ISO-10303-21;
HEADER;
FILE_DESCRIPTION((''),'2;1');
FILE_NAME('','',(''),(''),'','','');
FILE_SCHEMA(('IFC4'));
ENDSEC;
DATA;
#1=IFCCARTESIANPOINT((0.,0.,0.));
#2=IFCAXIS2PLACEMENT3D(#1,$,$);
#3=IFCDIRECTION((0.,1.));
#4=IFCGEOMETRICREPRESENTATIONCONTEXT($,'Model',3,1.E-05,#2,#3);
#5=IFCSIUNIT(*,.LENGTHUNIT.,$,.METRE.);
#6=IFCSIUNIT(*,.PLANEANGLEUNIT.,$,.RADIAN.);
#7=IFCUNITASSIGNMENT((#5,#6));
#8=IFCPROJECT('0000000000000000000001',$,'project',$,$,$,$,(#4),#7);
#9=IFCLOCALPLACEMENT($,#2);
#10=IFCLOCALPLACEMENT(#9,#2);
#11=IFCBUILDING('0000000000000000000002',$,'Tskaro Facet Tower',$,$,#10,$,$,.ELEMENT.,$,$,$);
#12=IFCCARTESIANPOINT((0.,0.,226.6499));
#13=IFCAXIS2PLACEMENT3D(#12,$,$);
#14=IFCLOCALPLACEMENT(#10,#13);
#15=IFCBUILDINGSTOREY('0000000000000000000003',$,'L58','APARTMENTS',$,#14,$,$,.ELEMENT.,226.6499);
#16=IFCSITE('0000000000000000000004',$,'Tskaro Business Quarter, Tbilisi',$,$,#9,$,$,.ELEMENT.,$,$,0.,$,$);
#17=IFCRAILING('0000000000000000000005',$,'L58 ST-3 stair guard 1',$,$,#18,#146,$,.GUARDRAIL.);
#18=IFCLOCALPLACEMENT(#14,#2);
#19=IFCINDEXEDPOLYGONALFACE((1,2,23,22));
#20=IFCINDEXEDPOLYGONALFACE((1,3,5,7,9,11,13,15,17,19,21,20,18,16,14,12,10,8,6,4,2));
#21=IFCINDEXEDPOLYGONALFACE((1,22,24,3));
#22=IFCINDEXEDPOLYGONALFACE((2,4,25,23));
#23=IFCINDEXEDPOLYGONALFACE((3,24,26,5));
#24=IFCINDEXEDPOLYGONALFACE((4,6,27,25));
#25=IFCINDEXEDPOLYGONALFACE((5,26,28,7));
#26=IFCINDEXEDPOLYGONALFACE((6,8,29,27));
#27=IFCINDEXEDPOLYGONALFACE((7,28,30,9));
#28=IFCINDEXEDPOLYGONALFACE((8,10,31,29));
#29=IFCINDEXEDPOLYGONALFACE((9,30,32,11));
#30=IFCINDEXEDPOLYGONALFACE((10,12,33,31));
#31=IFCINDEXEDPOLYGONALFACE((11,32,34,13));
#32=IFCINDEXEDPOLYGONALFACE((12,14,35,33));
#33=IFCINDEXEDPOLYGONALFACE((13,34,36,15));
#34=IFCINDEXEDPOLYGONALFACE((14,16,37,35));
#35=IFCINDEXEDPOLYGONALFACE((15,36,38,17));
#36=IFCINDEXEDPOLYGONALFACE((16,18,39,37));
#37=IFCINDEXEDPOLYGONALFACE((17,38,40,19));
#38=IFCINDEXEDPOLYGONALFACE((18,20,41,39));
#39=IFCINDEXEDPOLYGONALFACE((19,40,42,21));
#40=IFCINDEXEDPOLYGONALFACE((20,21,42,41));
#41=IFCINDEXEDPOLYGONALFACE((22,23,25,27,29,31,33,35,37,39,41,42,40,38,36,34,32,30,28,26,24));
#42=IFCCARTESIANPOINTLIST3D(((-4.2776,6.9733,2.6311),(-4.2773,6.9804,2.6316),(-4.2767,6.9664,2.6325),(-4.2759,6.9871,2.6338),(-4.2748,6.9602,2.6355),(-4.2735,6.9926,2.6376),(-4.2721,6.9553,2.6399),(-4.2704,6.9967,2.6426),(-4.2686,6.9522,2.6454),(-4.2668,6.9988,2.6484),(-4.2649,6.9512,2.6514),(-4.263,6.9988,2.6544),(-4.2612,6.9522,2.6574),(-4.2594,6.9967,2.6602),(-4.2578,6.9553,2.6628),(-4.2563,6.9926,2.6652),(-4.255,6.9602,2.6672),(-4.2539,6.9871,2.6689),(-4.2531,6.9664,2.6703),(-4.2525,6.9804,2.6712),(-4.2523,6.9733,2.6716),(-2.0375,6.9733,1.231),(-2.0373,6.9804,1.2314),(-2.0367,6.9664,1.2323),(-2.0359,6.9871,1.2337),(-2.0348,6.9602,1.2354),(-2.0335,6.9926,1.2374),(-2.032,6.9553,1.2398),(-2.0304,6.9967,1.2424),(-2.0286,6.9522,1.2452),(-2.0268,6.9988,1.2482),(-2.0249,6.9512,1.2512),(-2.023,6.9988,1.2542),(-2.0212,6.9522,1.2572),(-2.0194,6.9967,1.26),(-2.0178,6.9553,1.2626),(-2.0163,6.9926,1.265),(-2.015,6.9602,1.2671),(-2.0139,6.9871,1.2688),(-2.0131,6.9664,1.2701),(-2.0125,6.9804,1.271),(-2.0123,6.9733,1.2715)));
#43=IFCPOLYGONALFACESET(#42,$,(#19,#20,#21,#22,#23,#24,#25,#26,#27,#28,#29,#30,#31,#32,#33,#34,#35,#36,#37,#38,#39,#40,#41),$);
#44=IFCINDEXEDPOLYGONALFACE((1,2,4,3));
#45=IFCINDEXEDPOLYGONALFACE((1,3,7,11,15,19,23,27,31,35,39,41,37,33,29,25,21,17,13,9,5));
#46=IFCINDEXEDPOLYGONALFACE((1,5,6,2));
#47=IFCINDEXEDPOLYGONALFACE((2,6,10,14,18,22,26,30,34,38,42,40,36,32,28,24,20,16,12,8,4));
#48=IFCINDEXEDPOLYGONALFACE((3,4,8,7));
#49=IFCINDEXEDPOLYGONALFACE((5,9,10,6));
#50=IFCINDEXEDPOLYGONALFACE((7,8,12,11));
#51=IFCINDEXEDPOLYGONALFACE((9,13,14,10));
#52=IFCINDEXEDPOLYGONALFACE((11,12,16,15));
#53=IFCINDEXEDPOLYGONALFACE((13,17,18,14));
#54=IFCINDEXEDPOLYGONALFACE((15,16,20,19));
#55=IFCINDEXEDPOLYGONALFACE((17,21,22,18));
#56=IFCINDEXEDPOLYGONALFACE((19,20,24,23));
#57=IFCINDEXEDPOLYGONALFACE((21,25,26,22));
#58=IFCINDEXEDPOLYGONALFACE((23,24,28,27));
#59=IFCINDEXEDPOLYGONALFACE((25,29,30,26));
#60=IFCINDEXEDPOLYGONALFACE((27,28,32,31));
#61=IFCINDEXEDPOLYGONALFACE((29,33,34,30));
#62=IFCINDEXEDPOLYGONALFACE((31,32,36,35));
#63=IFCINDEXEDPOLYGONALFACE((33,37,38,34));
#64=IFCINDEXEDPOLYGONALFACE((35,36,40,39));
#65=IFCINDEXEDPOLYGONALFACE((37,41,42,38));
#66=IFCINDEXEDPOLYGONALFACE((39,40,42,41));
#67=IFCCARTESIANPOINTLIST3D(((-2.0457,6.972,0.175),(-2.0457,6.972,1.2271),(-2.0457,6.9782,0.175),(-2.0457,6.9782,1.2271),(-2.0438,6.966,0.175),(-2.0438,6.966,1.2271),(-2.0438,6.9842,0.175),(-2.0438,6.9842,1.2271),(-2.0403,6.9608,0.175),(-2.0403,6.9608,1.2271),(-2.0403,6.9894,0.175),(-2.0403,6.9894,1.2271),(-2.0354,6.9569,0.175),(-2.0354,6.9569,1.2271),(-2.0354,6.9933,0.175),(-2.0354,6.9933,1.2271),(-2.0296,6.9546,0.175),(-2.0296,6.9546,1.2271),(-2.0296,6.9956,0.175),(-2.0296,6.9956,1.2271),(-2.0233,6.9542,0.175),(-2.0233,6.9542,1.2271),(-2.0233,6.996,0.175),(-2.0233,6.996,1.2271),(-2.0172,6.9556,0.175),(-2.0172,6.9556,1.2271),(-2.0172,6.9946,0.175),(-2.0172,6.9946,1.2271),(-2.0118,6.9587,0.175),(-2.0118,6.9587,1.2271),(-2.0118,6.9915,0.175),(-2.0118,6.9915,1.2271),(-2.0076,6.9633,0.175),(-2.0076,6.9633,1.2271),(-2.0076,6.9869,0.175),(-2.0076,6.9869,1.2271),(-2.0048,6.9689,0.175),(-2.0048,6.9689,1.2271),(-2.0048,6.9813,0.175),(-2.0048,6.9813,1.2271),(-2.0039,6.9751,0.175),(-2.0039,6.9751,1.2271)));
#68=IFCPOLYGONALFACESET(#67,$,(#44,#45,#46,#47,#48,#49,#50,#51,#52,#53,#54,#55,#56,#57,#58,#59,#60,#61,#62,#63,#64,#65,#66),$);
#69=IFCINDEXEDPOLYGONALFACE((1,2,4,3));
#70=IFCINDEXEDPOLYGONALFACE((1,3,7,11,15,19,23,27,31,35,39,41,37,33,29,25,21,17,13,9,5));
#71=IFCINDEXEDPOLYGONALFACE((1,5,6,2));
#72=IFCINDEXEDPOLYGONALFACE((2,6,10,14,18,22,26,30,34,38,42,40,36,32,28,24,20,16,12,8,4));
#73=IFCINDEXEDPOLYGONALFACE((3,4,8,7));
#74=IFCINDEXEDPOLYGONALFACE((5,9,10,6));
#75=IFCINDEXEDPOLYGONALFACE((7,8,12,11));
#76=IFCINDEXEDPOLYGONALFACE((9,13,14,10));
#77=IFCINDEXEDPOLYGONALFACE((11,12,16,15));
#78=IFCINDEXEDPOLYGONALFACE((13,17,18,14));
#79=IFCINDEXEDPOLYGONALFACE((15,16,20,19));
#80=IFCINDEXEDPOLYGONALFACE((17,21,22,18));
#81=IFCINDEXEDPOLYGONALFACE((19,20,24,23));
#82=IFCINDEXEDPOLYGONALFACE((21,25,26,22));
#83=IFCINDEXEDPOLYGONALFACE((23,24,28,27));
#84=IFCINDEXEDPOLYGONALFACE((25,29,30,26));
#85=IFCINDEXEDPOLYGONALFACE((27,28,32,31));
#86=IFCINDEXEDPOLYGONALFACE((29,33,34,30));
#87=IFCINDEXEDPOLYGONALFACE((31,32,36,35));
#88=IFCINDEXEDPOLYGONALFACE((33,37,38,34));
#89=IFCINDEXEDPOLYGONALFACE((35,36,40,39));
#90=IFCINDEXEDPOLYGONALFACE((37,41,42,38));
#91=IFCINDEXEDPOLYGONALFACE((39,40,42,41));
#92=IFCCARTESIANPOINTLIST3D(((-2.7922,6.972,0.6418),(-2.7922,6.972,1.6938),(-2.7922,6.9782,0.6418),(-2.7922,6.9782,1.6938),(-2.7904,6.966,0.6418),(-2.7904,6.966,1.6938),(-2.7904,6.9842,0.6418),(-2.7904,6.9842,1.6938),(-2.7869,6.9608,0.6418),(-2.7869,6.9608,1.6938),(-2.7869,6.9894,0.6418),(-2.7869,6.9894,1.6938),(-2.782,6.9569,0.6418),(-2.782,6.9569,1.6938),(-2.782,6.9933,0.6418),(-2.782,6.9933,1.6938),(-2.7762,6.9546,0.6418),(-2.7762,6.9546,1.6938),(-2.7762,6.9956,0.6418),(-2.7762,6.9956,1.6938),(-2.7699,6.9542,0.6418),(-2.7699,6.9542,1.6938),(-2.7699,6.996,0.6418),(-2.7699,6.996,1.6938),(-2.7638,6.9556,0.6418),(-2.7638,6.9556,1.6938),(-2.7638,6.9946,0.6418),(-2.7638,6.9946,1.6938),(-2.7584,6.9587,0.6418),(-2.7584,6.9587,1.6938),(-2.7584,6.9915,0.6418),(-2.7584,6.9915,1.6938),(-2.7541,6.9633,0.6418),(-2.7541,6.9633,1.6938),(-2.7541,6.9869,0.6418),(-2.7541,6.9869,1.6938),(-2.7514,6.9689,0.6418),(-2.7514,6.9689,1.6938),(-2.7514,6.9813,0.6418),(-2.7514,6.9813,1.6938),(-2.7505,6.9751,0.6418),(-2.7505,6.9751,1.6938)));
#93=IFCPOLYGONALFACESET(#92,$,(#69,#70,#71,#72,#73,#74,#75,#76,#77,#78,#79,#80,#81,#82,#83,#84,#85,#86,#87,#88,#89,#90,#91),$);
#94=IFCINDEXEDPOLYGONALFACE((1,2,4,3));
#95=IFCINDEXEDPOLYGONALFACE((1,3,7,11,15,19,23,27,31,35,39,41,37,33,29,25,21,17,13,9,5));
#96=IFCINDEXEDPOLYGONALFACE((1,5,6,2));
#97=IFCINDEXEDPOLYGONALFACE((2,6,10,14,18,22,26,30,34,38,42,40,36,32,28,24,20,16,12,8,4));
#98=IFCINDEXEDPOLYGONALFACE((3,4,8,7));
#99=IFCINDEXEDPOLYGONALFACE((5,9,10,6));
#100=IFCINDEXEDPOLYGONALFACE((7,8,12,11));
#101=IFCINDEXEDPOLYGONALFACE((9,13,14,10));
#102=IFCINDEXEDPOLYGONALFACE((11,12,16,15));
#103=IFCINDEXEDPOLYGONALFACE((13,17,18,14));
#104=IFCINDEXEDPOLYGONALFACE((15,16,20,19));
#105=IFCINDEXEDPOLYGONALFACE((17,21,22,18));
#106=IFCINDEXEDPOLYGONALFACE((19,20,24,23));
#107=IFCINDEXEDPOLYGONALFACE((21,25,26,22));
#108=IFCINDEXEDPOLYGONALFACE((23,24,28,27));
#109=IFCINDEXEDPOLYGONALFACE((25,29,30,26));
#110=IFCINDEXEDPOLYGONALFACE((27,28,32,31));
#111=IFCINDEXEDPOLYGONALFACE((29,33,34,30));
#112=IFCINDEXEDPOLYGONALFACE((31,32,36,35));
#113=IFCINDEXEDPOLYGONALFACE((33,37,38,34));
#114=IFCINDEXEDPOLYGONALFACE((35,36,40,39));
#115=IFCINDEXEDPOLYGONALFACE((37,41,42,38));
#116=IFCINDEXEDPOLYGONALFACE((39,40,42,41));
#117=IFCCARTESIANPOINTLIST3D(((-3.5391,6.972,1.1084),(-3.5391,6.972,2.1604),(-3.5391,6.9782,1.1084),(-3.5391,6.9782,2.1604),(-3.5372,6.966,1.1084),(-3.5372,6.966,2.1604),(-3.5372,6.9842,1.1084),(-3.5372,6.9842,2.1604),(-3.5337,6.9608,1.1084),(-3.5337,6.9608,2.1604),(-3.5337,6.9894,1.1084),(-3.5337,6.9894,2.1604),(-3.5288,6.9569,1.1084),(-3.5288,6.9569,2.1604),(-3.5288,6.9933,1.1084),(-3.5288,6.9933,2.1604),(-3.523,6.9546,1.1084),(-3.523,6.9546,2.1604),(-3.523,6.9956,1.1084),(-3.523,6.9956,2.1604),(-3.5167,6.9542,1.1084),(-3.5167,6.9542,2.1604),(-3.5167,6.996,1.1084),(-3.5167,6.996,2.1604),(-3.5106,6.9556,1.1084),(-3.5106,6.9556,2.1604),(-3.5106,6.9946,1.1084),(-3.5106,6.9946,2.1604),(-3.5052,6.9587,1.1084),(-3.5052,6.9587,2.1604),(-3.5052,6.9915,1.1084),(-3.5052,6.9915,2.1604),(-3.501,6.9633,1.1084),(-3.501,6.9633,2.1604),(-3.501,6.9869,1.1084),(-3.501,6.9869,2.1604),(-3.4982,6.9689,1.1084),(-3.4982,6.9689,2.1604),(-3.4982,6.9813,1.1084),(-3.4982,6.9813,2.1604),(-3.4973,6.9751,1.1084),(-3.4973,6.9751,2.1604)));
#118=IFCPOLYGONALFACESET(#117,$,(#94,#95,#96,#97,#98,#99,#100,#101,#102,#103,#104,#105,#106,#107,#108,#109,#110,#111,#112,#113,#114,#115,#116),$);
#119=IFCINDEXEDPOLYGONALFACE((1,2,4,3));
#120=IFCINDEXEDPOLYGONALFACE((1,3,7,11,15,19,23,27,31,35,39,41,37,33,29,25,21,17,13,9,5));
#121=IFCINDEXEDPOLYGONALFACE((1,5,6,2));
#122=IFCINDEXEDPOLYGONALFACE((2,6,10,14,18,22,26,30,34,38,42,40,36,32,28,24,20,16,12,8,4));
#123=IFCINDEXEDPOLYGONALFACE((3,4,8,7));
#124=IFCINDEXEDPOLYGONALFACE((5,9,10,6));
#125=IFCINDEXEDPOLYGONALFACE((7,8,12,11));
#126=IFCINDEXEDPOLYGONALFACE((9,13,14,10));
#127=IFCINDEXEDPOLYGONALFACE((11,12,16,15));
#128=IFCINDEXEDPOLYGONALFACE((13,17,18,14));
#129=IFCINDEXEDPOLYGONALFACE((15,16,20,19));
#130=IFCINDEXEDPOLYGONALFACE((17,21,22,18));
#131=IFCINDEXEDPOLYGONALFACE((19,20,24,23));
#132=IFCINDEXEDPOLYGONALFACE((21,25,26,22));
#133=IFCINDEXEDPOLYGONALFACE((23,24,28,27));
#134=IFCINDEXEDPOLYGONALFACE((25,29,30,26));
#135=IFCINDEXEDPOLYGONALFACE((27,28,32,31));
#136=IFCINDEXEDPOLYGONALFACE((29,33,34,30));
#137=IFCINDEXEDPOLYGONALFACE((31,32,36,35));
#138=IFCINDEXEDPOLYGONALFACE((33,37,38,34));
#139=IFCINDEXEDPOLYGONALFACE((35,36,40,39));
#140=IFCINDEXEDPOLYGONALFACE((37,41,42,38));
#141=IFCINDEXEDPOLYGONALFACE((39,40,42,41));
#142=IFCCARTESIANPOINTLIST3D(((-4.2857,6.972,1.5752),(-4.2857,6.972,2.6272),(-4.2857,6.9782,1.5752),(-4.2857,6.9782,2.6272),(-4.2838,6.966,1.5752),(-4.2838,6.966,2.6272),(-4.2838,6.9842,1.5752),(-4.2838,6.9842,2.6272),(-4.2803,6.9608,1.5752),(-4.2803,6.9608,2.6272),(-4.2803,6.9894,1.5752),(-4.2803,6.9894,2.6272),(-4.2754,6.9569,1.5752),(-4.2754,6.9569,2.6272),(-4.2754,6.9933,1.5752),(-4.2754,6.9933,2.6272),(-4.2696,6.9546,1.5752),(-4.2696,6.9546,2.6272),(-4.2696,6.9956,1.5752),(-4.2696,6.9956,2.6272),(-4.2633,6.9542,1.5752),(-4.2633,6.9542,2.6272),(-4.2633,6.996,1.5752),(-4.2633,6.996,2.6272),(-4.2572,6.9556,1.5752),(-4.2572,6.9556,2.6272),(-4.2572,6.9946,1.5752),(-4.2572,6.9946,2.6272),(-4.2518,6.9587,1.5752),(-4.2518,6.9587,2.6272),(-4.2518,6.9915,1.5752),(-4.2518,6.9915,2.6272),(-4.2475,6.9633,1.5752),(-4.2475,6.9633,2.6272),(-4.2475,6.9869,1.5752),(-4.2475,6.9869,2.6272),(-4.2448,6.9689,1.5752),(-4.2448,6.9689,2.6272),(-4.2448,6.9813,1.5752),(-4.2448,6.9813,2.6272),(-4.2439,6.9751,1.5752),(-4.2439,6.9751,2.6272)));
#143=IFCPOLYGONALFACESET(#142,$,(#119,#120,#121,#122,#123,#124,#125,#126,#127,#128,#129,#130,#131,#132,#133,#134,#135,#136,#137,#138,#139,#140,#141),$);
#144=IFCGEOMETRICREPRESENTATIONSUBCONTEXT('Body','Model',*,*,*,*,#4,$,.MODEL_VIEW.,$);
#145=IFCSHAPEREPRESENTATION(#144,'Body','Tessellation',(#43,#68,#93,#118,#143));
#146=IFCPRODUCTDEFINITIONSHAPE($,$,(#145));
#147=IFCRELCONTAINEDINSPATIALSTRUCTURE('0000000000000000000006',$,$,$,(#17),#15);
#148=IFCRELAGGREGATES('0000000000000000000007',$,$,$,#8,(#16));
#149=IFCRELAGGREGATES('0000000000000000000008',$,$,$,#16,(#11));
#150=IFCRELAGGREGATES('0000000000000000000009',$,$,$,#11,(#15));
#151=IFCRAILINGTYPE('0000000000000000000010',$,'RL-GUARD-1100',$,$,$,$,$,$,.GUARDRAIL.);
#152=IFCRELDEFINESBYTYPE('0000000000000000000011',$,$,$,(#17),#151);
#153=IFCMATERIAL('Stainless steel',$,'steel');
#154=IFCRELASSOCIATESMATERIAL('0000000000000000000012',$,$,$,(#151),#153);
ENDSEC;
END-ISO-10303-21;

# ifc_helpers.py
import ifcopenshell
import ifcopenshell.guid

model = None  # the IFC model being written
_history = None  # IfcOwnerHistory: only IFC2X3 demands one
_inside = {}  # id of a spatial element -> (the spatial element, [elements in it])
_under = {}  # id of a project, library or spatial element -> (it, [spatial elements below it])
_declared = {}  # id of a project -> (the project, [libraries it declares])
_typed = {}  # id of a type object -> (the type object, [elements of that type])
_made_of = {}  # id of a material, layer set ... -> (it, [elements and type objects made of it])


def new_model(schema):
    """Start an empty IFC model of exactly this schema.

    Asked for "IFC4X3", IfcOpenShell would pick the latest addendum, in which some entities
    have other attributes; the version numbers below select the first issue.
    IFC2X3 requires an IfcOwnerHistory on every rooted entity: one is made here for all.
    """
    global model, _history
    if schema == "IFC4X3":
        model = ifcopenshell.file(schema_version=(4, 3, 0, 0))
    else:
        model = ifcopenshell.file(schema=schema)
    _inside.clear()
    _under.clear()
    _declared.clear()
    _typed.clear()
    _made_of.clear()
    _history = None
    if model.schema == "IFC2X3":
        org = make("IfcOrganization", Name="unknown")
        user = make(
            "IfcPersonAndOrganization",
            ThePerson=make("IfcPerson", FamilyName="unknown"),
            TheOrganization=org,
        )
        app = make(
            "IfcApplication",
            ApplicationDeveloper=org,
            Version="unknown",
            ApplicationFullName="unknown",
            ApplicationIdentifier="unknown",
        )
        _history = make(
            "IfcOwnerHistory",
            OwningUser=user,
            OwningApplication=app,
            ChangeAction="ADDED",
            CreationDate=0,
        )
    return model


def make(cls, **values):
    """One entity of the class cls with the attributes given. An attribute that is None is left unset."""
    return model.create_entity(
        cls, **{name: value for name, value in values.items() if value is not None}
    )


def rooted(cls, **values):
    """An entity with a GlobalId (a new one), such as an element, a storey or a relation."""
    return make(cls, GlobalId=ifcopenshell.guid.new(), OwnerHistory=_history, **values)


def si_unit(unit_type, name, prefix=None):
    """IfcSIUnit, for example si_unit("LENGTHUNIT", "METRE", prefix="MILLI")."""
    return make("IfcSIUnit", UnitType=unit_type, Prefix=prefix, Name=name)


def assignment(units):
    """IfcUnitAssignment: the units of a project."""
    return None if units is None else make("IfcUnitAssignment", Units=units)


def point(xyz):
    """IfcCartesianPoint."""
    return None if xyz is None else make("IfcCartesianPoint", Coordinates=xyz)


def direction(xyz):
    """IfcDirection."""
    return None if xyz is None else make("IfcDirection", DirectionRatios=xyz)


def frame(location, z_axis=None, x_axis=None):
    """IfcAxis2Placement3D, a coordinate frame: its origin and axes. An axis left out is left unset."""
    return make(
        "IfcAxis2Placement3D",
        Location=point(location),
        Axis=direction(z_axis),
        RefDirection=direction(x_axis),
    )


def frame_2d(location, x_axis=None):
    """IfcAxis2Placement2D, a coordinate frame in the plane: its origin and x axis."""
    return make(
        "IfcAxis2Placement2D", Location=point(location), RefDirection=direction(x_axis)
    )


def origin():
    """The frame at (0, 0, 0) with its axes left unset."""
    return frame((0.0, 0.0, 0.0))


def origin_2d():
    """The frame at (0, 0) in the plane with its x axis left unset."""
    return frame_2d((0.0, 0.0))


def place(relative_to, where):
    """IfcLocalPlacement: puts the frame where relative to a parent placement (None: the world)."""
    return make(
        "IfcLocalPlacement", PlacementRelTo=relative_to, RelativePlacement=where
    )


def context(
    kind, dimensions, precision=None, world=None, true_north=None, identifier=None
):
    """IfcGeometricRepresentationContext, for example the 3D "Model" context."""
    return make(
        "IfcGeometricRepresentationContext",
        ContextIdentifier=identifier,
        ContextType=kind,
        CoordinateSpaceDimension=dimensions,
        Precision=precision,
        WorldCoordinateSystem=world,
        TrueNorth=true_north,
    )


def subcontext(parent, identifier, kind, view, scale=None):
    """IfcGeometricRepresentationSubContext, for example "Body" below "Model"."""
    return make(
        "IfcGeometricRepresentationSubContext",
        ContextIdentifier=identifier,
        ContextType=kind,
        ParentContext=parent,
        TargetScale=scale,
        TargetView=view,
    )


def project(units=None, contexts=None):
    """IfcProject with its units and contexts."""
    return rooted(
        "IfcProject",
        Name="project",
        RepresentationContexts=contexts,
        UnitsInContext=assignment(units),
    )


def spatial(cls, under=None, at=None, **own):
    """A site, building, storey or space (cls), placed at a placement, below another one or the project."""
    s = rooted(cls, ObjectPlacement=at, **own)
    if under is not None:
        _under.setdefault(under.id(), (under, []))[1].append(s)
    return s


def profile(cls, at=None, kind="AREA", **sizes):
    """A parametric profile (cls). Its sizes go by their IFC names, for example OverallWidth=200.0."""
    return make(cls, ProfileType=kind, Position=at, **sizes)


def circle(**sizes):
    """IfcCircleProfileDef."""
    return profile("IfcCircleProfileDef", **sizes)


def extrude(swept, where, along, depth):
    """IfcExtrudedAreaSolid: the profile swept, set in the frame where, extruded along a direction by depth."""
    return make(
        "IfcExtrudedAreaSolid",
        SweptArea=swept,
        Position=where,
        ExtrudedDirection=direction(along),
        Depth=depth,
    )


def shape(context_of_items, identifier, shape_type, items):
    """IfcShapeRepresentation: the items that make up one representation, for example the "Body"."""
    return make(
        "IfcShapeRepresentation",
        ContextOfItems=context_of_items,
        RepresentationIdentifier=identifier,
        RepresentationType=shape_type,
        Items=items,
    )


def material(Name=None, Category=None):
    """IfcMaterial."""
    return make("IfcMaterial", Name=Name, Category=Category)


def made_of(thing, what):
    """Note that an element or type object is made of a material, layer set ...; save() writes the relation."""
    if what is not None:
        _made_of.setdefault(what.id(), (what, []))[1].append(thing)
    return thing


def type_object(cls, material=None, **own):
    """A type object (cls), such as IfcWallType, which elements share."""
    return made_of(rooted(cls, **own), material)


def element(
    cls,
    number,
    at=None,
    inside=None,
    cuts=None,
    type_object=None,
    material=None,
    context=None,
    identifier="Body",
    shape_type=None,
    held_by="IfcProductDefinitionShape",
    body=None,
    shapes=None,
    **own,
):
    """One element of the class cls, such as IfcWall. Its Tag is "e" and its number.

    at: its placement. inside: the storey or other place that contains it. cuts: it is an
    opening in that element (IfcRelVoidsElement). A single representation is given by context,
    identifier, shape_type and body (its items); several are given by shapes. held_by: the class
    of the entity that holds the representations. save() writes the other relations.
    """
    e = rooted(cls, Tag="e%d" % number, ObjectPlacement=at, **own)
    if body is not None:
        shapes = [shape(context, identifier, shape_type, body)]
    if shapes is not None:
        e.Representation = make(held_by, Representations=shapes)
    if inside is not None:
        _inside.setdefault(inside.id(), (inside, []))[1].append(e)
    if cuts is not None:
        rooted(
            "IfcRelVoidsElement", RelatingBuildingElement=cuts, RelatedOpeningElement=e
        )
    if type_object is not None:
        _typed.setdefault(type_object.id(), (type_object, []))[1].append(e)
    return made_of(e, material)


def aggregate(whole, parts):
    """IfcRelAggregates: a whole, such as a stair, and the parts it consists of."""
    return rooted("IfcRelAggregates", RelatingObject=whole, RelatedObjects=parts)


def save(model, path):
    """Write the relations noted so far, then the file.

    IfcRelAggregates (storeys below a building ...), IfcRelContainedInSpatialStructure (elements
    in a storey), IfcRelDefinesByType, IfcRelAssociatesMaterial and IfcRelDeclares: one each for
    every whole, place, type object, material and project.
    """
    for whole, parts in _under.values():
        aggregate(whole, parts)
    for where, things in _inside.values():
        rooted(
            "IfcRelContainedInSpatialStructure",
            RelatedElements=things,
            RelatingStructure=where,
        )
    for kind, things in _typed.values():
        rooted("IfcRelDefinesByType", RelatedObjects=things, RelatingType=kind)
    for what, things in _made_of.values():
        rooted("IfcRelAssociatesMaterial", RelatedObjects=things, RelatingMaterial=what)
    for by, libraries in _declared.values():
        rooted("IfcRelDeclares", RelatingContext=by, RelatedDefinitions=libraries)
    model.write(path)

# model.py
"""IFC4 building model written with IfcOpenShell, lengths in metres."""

from ifc_helpers import new_model, si_unit, direction, frame, origin, origin_2d, place, context, subcontext, project, spatial, circle, extrude, material, type_object, element, save


model = new_model("IFC4")

# Units and contexts
model_context = context("Model", 3, precision=1e-05, world=origin(), true_north=direction((0.0, 1.0)))
body_context = subcontext(model_context, "Body", "Model", "MODEL_VIEW")
ifc_project = project(units=[si_unit("LENGTHUNIT", "METRE"), si_unit("PLANEANGLEUNIT", "RADIAN")], contexts=[model_context])

# Site, building, storey
site_placement = place(None, origin())
site = spatial("IfcSite", under=ifc_project, at=site_placement, Name="Tskaro Business Quarter, Tbilisi", CompositionType="ELEMENT", RefElevation=0.0)
building_placement = place(site_placement, origin())
building = spatial("IfcBuilding", under=site, at=building_placement, Name="Tskaro Facet Tower", CompositionType="ELEMENT")
storey_placement = place(building_placement, frame((0.0, 0.0, 226.6499)))
storey = spatial("IfcBuildingStorey", under=building, at=storey_placement, Name="L58", Description="APARTMENTS", CompositionType="ELEMENT", Elevation=226.6499)

# Railing
ifc_material_1 = material(Name="Stainless steel", Category="steel")
railing_type_1 = type_object("IfcRailingType", Name="RL-GUARD-1100", PredefinedType="GUARDRAIL", material=ifc_material_1)
railing_1_placement = place(storey_placement, frame((-2.0249, 6.9751, 0.175)))
element("IfcRailing", 1, at=railing_1_placement, inside=storey, type_object=railing_type_1, Name="L58 ST-3 stair guard 1", PredefinedType="GUARDRAIL", context=body_context, shape_type="SweptSolid", body=[
    extrude(circle(Radius=0.0239, at=origin_2d()), frame((0.0, 0.0, 1.0762), z_axis=(-0.847972, 0.0, 0.53004), x_axis=(0.0, -1.0, 0.0)), (0.0, 0.0, 1.0), 2.6416),
    extrude(circle(Radius=0.021, at=origin_2d()), origin(), (0.0, 0.0, 1.0), 1.052),
    extrude(circle(Radius=0.021, at=origin_2d()), frame((-0.7466, 0.0, 0.4668)), (0.0, 0.0, 1.0), 1.052),
    extrude(circle(Radius=0.021, at=origin_2d()), frame((-1.4934, 0.0, 0.9333)), (0.0, 0.0, 1.0), 1.052),
    extrude(circle(Radius=0.021, at=origin_2d()), frame((-2.24, 0.0, 1.4001)), (0.0, 0.0, 1.0), 1.052),
])

save(model, "model.ifc")
